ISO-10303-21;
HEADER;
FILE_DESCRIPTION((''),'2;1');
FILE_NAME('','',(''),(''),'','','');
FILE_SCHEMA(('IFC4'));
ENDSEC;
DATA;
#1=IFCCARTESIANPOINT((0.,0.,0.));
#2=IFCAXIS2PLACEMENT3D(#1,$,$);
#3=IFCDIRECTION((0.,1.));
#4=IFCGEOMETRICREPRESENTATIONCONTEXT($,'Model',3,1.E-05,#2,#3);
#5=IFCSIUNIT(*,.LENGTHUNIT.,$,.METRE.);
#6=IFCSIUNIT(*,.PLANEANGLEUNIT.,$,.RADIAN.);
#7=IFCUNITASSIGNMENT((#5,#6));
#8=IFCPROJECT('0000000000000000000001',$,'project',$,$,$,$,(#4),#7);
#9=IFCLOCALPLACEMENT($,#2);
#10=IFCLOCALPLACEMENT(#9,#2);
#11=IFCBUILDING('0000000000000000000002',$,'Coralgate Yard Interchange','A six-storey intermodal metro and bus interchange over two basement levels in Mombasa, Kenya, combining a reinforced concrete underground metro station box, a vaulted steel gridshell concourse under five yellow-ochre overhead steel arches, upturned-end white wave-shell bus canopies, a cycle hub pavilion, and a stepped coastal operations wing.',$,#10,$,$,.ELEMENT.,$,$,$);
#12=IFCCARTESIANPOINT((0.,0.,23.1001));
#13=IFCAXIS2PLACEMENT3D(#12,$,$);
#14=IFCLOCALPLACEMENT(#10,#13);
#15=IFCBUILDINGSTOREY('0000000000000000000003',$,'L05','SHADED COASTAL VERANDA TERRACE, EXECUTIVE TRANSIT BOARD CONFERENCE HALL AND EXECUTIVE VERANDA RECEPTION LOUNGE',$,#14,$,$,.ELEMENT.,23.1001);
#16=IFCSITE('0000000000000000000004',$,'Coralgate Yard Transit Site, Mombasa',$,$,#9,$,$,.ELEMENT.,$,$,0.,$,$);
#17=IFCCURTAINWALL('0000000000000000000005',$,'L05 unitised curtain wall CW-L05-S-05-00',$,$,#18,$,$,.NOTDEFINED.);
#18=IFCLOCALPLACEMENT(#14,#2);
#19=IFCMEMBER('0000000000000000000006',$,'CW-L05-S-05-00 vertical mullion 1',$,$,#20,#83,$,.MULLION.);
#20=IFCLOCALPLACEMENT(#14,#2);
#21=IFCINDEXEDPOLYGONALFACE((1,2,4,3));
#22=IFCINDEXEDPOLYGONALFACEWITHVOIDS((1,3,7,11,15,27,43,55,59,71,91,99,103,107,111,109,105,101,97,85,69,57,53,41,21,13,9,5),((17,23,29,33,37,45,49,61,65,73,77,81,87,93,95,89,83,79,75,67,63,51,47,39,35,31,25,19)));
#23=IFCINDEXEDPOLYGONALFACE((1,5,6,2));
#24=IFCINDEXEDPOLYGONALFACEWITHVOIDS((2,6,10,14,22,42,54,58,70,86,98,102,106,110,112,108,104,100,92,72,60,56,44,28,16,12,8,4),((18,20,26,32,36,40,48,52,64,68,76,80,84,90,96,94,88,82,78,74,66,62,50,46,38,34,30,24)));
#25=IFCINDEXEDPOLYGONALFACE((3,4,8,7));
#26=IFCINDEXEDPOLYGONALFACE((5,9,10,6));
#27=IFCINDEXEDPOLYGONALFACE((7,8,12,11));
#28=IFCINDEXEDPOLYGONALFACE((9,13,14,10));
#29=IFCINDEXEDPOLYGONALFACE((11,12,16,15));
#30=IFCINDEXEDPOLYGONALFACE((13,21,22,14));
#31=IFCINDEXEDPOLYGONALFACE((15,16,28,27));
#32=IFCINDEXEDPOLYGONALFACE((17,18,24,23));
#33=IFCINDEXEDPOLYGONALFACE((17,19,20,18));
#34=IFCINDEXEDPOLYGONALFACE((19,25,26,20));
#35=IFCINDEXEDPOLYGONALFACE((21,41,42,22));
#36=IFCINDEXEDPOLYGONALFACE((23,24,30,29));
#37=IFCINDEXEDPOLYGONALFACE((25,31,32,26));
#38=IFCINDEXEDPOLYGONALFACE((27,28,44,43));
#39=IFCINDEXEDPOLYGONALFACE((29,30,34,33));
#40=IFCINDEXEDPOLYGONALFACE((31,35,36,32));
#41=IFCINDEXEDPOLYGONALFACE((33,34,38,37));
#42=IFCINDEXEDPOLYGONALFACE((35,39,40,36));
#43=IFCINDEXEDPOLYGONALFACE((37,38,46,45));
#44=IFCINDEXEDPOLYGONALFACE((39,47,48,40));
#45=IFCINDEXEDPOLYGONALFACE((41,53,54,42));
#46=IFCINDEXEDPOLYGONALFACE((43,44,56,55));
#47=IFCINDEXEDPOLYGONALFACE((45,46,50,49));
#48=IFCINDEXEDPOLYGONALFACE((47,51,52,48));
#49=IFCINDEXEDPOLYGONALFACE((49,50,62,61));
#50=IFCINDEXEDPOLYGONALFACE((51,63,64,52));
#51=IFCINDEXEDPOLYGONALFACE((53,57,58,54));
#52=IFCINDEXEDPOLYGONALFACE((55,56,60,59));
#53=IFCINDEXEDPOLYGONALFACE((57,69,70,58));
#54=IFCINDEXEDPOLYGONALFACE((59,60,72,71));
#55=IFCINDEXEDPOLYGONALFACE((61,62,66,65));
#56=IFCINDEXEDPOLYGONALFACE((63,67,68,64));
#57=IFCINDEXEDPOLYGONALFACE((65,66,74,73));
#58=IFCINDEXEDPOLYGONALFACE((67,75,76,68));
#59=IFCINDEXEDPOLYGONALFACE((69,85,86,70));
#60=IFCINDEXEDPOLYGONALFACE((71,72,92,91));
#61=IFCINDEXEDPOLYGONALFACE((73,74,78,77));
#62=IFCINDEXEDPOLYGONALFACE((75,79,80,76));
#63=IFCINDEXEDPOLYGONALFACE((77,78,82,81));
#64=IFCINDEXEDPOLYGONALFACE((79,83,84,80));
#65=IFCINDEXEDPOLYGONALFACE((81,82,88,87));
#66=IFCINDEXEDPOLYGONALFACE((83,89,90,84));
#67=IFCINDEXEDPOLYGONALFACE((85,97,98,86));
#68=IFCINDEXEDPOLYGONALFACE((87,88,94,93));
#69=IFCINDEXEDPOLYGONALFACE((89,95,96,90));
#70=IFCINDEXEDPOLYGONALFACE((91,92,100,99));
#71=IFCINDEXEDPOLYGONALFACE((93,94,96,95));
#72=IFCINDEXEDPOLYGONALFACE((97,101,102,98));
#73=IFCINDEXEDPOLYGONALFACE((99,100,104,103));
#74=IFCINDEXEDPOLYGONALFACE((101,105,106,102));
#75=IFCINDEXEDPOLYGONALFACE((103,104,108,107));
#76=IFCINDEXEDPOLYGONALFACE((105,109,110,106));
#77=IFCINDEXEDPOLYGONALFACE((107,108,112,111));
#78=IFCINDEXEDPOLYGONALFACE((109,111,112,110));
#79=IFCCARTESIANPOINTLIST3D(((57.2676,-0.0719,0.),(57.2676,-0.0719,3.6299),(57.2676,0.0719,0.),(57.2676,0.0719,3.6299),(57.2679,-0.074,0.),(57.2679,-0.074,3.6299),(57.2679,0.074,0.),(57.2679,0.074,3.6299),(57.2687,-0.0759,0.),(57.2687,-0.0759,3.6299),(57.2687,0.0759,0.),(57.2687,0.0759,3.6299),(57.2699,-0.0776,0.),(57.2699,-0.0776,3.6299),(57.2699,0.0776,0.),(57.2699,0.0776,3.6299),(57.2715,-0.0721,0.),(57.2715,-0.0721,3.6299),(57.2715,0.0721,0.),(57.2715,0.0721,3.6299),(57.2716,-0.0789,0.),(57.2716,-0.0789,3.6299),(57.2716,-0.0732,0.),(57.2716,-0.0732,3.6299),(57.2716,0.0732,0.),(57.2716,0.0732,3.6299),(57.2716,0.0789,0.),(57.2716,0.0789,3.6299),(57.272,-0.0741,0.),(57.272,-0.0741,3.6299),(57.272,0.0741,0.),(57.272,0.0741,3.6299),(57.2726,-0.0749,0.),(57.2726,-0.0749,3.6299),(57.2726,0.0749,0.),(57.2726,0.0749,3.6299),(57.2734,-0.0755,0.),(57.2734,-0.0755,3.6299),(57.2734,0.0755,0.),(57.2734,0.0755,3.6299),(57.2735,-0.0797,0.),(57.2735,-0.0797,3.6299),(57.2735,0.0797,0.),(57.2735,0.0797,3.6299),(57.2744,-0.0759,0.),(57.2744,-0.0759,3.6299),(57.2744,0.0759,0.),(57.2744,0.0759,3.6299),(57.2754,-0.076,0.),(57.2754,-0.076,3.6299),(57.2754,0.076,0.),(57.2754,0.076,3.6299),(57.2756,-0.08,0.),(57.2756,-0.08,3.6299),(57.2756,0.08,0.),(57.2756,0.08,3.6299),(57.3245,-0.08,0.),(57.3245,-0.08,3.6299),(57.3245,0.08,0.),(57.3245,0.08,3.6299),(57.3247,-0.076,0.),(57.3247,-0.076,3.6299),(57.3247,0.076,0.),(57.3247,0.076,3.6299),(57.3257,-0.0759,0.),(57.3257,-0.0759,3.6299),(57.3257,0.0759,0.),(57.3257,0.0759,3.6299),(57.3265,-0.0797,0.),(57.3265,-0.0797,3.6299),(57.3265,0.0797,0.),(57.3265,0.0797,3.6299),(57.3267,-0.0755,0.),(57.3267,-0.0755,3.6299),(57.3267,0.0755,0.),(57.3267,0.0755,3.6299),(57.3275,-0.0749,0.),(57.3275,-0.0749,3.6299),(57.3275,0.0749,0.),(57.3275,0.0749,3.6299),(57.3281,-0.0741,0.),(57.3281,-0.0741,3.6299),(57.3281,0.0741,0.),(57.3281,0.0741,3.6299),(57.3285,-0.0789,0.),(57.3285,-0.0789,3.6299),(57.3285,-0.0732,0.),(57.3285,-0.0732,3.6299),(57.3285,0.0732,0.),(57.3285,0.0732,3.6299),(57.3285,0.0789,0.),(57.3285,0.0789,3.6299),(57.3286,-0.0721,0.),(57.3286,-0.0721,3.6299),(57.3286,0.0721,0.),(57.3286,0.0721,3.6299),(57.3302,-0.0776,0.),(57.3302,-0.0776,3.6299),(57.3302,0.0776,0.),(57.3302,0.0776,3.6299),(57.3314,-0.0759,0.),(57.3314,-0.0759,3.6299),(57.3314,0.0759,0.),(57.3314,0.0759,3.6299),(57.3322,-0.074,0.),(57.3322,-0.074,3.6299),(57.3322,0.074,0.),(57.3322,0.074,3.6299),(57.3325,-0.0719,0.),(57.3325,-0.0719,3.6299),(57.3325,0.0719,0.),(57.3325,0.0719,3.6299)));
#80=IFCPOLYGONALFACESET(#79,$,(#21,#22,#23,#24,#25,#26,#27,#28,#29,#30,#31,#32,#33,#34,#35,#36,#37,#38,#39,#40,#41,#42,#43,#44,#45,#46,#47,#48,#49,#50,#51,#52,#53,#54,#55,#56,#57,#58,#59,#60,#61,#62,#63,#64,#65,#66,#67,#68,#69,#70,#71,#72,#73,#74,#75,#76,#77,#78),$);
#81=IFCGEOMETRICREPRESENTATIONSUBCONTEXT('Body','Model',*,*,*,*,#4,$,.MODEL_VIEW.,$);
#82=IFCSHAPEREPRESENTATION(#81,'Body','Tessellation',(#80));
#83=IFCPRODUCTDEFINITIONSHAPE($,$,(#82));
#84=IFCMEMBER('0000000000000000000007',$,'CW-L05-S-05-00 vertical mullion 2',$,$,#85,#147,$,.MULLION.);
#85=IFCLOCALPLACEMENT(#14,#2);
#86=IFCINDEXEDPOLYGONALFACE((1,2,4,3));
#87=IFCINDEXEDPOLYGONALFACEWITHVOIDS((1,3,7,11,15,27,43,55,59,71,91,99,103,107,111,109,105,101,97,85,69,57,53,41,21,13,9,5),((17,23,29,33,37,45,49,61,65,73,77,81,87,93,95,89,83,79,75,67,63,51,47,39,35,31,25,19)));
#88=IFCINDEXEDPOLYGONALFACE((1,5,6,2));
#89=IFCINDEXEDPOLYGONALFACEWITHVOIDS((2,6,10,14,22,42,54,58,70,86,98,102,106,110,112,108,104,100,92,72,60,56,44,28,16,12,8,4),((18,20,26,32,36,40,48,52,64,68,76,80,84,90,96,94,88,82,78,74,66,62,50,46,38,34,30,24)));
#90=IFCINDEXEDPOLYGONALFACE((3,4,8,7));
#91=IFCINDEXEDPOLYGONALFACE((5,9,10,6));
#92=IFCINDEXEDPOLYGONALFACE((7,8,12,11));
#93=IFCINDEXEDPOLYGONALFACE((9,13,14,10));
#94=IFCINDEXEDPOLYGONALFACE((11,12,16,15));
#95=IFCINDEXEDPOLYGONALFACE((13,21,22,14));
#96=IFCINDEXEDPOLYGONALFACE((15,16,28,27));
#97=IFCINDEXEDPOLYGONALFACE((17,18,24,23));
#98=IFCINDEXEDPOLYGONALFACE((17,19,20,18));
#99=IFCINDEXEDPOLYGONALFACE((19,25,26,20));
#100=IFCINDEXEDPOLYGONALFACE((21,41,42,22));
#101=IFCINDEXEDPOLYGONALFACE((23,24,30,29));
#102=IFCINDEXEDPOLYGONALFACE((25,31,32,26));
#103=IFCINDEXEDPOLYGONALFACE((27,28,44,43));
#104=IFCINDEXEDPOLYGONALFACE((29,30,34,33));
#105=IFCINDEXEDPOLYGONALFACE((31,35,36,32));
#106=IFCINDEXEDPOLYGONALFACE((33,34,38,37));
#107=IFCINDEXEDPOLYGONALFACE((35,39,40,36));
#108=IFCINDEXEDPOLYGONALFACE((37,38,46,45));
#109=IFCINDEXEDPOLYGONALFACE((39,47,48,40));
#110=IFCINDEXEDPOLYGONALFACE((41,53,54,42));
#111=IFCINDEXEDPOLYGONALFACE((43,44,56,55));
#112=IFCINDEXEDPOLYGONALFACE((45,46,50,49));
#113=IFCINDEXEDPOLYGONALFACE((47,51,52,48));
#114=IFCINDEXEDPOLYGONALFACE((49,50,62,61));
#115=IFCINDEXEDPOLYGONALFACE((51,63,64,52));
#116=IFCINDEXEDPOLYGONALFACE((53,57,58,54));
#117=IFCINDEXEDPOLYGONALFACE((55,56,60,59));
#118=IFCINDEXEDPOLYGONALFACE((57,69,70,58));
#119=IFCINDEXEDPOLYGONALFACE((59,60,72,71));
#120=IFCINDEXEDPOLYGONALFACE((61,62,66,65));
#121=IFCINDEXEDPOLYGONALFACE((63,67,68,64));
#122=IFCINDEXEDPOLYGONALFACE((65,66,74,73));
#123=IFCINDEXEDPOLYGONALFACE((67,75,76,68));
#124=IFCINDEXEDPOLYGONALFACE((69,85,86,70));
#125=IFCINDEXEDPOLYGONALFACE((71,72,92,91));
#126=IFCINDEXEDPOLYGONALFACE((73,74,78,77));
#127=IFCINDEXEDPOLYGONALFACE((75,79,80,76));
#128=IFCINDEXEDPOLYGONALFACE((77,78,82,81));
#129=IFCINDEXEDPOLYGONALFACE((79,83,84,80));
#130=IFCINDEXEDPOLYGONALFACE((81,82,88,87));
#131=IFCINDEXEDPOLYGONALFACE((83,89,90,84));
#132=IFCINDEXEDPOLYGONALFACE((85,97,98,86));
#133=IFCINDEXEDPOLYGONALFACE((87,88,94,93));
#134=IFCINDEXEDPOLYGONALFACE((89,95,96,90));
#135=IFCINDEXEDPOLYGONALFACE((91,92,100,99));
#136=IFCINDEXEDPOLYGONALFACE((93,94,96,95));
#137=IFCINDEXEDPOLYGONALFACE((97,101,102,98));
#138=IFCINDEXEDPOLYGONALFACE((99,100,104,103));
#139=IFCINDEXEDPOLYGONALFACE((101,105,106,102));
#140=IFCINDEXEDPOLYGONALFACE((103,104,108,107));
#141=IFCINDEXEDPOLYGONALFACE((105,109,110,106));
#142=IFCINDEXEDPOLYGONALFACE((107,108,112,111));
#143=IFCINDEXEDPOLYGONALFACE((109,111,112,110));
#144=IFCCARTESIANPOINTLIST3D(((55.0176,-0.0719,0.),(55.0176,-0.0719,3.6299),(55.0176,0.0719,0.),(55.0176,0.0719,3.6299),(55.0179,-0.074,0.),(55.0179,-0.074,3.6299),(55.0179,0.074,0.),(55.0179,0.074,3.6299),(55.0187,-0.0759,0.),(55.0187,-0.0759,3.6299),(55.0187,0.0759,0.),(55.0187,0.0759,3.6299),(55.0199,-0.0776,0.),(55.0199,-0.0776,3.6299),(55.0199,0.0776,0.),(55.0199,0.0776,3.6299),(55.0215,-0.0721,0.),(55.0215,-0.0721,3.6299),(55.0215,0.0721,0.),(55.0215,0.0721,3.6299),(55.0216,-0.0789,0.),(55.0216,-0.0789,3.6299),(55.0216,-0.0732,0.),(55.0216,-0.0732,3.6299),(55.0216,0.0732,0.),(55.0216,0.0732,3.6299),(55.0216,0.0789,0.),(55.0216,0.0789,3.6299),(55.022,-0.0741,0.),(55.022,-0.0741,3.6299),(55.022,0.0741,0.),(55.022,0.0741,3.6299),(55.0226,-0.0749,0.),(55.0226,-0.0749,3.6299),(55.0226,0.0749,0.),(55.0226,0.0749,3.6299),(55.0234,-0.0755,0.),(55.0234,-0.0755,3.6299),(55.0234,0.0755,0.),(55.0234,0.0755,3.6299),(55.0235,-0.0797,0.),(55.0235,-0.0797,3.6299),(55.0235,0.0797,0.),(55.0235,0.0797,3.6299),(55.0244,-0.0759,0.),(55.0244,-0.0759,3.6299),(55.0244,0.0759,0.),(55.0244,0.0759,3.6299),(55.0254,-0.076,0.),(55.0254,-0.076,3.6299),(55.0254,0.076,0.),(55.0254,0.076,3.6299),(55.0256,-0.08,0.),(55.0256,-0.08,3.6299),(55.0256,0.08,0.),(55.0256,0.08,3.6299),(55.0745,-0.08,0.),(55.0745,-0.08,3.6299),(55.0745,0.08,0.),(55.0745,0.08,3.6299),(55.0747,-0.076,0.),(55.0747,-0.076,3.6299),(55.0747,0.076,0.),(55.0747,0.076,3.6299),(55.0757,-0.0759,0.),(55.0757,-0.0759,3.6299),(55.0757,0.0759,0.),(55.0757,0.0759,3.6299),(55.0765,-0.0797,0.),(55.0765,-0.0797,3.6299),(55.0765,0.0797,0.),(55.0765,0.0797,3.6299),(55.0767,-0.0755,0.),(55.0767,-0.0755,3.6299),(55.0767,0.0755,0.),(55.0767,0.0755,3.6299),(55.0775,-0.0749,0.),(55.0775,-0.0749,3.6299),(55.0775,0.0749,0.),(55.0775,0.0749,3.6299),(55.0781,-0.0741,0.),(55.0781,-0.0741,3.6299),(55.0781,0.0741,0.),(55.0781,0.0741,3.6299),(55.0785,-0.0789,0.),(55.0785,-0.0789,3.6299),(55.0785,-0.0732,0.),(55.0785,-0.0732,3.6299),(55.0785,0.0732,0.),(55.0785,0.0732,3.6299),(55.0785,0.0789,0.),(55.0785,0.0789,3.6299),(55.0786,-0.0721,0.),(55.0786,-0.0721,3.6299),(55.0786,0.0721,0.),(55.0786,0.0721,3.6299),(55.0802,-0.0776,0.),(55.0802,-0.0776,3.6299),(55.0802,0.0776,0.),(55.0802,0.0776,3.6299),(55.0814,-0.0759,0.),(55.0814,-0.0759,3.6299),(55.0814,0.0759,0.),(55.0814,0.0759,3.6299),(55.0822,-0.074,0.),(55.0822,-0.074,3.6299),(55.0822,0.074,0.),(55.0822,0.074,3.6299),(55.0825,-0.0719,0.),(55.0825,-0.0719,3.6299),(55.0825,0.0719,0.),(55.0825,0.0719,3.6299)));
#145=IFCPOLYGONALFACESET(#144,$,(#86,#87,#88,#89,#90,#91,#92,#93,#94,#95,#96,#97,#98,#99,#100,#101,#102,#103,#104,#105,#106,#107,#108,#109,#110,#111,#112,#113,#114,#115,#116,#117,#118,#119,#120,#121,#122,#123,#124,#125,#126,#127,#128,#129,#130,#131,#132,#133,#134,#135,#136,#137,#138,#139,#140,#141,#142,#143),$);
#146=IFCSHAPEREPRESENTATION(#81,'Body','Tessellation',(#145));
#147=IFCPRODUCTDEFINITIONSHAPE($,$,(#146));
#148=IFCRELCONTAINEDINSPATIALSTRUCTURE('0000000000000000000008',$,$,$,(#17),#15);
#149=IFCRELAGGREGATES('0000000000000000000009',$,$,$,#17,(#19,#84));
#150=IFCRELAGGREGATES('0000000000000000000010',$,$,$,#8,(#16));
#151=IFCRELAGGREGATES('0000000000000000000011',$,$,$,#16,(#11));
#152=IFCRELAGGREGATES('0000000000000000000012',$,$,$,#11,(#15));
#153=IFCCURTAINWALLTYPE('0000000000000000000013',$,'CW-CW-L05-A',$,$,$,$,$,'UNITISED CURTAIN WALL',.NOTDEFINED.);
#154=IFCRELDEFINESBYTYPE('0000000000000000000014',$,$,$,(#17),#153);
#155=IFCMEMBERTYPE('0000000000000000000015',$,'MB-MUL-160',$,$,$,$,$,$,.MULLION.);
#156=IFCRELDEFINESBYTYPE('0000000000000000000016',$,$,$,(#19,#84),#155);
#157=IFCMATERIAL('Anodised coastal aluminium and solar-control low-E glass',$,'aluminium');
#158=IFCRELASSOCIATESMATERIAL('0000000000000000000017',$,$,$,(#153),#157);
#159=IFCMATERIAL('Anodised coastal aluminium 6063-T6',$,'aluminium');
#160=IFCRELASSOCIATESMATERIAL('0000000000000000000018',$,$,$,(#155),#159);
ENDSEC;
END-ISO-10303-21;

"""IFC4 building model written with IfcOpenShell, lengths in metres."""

from ifc_helpers import new_model, si_unit, direction, frame, origin, origin_2d, place, context, subcontext, project, spatial, hollow_rectangle, extrude, material, material_profile, profile_set, type_object, element, aggregate, save


model = new_model("IFC4")

# Units and contexts
model_context = context("Model", 3, precision=1e-05, world=origin(), true_north=direction((0.0, 1.0)))
body_context = subcontext(model_context, "Body", "Model", "MODEL_VIEW")
ifc_project = project(units=[si_unit("LENGTHUNIT", "METRE"), si_unit("PLANEANGLEUNIT", "RADIAN")], contexts=[model_context])

# Site, building, storey
site_placement = place(None, origin())
site = spatial("IfcSite", under=ifc_project, at=site_placement, Name="Coralgate Yard Transit Site, Mombasa", CompositionType="ELEMENT", RefElevation=0.0)
building_placement = place(site_placement, origin())
building = spatial("IfcBuilding", under=site, at=building_placement, Name="Coralgate Yard Interchange", Description="A six-storey intermodal metro and bus interchange over two basement levels in Mombasa, Kenya, combining a reinforced concrete underground metro station box, a vaulted steel gridshell concourse under five yellow-ochre overhead steel arches, upturned-end white wave-shell bus canopies, a cycle hub pavilion, and a stepped coastal operations wing.", CompositionType="ELEMENT")
storey_placement = place(building_placement, frame((0.0, 0.0, 23.1001)))
storey = spatial("IfcBuildingStorey", under=building, at=storey_placement, Name="L05", Description="SHADED COASTAL VERANDA TERRACE, EXECUTIVE TRANSIT BOARD CONFERENCE HALL AND EXECUTIVE VERANDA RECEPTION LOUNGE", CompositionType="ELEMENT", Elevation=23.1001)

# Curtain wall, members
ifc_material_1 = material(Name="Anodised coastal aluminium and solar-control low-E glass", Category="aluminium")
curtain_wall_type = type_object("IfcCurtainWallType", Name="CW-CW-L05-A", ElementType="UNITISED CURTAIN WALL", PredefinedType="NOTDEFINED", material=ifc_material_1)
curtain_wall_placement = place(storey_placement, origin())
curtain_wall = element("IfcCurtainWall", 1, at=curtain_wall_placement, inside=storey, type_object=curtain_wall_type, Name="L05 unitised curtain wall CW-L05-S-05-00", PredefinedType="NOTDEFINED")
ifc_material_2 = material(Name="Anodised coastal aluminium 6063-T6", Category="aluminium")
ifc_material_profile_1 = material_profile(ifc_material_2, hollow_rectangle(XDim=0.0649, YDim=0.1599, WallThickness=0.0039, InnerFilletRadius=0.0039, OuterFilletRadius=0.0081, at=origin_2d()), Name="ALU 65x160x4")
ifc_profile_set_1 = profile_set([ifc_material_profile_1], Name="Anodised coastal aluminium 6063-T6")
member_type_1 = type_object("IfcMemberType", Name="MB-MUL-160", PredefinedType="MULLION", material=ifc_profile_set_1)
member_1_placement = place(storey_placement, frame((57.3, 0.0, 0.0), z_axis=(0.0, 0.0, 1.0), x_axis=(1.0, 0.0, 0.0)))
member_1 = element("IfcMember", 2, at=member_1_placement, type_object=member_type_1, Name="CW-L05-S-05-00 vertical mullion 1", PredefinedType="MULLION", context=body_context, shape_type="SweptSolid", body=[
    extrude(hollow_rectangle(XDim=0.0649, YDim=0.1599, WallThickness=0.0039, InnerFilletRadius=0.0039, OuterFilletRadius=0.0081, at=origin_2d()), origin(), (0.0, 0.0, 1.0), 3.6299),
])
member_2_placement = place(storey_placement, frame((55.05, 0.0, 0.0), z_axis=(0.0, 0.0, 1.0), x_axis=(1.0, 0.0, 0.0)))
member_2 = element("IfcMember", 3, at=member_2_placement, type_object=member_type_1, Name="CW-L05-S-05-00 vertical mullion 2", PredefinedType="MULLION", context=body_context, shape_type="SweptSolid", body=[
    extrude(hollow_rectangle(XDim=0.0649, YDim=0.1599, WallThickness=0.0039, InnerFilletRadius=0.0039, OuterFilletRadius=0.0081, at=origin_2d()), origin(), (0.0, 0.0, 1.0), 3.6299),
])
aggregate(curtain_wall, [member_1, member_2])

save(model, "model.ifc")
